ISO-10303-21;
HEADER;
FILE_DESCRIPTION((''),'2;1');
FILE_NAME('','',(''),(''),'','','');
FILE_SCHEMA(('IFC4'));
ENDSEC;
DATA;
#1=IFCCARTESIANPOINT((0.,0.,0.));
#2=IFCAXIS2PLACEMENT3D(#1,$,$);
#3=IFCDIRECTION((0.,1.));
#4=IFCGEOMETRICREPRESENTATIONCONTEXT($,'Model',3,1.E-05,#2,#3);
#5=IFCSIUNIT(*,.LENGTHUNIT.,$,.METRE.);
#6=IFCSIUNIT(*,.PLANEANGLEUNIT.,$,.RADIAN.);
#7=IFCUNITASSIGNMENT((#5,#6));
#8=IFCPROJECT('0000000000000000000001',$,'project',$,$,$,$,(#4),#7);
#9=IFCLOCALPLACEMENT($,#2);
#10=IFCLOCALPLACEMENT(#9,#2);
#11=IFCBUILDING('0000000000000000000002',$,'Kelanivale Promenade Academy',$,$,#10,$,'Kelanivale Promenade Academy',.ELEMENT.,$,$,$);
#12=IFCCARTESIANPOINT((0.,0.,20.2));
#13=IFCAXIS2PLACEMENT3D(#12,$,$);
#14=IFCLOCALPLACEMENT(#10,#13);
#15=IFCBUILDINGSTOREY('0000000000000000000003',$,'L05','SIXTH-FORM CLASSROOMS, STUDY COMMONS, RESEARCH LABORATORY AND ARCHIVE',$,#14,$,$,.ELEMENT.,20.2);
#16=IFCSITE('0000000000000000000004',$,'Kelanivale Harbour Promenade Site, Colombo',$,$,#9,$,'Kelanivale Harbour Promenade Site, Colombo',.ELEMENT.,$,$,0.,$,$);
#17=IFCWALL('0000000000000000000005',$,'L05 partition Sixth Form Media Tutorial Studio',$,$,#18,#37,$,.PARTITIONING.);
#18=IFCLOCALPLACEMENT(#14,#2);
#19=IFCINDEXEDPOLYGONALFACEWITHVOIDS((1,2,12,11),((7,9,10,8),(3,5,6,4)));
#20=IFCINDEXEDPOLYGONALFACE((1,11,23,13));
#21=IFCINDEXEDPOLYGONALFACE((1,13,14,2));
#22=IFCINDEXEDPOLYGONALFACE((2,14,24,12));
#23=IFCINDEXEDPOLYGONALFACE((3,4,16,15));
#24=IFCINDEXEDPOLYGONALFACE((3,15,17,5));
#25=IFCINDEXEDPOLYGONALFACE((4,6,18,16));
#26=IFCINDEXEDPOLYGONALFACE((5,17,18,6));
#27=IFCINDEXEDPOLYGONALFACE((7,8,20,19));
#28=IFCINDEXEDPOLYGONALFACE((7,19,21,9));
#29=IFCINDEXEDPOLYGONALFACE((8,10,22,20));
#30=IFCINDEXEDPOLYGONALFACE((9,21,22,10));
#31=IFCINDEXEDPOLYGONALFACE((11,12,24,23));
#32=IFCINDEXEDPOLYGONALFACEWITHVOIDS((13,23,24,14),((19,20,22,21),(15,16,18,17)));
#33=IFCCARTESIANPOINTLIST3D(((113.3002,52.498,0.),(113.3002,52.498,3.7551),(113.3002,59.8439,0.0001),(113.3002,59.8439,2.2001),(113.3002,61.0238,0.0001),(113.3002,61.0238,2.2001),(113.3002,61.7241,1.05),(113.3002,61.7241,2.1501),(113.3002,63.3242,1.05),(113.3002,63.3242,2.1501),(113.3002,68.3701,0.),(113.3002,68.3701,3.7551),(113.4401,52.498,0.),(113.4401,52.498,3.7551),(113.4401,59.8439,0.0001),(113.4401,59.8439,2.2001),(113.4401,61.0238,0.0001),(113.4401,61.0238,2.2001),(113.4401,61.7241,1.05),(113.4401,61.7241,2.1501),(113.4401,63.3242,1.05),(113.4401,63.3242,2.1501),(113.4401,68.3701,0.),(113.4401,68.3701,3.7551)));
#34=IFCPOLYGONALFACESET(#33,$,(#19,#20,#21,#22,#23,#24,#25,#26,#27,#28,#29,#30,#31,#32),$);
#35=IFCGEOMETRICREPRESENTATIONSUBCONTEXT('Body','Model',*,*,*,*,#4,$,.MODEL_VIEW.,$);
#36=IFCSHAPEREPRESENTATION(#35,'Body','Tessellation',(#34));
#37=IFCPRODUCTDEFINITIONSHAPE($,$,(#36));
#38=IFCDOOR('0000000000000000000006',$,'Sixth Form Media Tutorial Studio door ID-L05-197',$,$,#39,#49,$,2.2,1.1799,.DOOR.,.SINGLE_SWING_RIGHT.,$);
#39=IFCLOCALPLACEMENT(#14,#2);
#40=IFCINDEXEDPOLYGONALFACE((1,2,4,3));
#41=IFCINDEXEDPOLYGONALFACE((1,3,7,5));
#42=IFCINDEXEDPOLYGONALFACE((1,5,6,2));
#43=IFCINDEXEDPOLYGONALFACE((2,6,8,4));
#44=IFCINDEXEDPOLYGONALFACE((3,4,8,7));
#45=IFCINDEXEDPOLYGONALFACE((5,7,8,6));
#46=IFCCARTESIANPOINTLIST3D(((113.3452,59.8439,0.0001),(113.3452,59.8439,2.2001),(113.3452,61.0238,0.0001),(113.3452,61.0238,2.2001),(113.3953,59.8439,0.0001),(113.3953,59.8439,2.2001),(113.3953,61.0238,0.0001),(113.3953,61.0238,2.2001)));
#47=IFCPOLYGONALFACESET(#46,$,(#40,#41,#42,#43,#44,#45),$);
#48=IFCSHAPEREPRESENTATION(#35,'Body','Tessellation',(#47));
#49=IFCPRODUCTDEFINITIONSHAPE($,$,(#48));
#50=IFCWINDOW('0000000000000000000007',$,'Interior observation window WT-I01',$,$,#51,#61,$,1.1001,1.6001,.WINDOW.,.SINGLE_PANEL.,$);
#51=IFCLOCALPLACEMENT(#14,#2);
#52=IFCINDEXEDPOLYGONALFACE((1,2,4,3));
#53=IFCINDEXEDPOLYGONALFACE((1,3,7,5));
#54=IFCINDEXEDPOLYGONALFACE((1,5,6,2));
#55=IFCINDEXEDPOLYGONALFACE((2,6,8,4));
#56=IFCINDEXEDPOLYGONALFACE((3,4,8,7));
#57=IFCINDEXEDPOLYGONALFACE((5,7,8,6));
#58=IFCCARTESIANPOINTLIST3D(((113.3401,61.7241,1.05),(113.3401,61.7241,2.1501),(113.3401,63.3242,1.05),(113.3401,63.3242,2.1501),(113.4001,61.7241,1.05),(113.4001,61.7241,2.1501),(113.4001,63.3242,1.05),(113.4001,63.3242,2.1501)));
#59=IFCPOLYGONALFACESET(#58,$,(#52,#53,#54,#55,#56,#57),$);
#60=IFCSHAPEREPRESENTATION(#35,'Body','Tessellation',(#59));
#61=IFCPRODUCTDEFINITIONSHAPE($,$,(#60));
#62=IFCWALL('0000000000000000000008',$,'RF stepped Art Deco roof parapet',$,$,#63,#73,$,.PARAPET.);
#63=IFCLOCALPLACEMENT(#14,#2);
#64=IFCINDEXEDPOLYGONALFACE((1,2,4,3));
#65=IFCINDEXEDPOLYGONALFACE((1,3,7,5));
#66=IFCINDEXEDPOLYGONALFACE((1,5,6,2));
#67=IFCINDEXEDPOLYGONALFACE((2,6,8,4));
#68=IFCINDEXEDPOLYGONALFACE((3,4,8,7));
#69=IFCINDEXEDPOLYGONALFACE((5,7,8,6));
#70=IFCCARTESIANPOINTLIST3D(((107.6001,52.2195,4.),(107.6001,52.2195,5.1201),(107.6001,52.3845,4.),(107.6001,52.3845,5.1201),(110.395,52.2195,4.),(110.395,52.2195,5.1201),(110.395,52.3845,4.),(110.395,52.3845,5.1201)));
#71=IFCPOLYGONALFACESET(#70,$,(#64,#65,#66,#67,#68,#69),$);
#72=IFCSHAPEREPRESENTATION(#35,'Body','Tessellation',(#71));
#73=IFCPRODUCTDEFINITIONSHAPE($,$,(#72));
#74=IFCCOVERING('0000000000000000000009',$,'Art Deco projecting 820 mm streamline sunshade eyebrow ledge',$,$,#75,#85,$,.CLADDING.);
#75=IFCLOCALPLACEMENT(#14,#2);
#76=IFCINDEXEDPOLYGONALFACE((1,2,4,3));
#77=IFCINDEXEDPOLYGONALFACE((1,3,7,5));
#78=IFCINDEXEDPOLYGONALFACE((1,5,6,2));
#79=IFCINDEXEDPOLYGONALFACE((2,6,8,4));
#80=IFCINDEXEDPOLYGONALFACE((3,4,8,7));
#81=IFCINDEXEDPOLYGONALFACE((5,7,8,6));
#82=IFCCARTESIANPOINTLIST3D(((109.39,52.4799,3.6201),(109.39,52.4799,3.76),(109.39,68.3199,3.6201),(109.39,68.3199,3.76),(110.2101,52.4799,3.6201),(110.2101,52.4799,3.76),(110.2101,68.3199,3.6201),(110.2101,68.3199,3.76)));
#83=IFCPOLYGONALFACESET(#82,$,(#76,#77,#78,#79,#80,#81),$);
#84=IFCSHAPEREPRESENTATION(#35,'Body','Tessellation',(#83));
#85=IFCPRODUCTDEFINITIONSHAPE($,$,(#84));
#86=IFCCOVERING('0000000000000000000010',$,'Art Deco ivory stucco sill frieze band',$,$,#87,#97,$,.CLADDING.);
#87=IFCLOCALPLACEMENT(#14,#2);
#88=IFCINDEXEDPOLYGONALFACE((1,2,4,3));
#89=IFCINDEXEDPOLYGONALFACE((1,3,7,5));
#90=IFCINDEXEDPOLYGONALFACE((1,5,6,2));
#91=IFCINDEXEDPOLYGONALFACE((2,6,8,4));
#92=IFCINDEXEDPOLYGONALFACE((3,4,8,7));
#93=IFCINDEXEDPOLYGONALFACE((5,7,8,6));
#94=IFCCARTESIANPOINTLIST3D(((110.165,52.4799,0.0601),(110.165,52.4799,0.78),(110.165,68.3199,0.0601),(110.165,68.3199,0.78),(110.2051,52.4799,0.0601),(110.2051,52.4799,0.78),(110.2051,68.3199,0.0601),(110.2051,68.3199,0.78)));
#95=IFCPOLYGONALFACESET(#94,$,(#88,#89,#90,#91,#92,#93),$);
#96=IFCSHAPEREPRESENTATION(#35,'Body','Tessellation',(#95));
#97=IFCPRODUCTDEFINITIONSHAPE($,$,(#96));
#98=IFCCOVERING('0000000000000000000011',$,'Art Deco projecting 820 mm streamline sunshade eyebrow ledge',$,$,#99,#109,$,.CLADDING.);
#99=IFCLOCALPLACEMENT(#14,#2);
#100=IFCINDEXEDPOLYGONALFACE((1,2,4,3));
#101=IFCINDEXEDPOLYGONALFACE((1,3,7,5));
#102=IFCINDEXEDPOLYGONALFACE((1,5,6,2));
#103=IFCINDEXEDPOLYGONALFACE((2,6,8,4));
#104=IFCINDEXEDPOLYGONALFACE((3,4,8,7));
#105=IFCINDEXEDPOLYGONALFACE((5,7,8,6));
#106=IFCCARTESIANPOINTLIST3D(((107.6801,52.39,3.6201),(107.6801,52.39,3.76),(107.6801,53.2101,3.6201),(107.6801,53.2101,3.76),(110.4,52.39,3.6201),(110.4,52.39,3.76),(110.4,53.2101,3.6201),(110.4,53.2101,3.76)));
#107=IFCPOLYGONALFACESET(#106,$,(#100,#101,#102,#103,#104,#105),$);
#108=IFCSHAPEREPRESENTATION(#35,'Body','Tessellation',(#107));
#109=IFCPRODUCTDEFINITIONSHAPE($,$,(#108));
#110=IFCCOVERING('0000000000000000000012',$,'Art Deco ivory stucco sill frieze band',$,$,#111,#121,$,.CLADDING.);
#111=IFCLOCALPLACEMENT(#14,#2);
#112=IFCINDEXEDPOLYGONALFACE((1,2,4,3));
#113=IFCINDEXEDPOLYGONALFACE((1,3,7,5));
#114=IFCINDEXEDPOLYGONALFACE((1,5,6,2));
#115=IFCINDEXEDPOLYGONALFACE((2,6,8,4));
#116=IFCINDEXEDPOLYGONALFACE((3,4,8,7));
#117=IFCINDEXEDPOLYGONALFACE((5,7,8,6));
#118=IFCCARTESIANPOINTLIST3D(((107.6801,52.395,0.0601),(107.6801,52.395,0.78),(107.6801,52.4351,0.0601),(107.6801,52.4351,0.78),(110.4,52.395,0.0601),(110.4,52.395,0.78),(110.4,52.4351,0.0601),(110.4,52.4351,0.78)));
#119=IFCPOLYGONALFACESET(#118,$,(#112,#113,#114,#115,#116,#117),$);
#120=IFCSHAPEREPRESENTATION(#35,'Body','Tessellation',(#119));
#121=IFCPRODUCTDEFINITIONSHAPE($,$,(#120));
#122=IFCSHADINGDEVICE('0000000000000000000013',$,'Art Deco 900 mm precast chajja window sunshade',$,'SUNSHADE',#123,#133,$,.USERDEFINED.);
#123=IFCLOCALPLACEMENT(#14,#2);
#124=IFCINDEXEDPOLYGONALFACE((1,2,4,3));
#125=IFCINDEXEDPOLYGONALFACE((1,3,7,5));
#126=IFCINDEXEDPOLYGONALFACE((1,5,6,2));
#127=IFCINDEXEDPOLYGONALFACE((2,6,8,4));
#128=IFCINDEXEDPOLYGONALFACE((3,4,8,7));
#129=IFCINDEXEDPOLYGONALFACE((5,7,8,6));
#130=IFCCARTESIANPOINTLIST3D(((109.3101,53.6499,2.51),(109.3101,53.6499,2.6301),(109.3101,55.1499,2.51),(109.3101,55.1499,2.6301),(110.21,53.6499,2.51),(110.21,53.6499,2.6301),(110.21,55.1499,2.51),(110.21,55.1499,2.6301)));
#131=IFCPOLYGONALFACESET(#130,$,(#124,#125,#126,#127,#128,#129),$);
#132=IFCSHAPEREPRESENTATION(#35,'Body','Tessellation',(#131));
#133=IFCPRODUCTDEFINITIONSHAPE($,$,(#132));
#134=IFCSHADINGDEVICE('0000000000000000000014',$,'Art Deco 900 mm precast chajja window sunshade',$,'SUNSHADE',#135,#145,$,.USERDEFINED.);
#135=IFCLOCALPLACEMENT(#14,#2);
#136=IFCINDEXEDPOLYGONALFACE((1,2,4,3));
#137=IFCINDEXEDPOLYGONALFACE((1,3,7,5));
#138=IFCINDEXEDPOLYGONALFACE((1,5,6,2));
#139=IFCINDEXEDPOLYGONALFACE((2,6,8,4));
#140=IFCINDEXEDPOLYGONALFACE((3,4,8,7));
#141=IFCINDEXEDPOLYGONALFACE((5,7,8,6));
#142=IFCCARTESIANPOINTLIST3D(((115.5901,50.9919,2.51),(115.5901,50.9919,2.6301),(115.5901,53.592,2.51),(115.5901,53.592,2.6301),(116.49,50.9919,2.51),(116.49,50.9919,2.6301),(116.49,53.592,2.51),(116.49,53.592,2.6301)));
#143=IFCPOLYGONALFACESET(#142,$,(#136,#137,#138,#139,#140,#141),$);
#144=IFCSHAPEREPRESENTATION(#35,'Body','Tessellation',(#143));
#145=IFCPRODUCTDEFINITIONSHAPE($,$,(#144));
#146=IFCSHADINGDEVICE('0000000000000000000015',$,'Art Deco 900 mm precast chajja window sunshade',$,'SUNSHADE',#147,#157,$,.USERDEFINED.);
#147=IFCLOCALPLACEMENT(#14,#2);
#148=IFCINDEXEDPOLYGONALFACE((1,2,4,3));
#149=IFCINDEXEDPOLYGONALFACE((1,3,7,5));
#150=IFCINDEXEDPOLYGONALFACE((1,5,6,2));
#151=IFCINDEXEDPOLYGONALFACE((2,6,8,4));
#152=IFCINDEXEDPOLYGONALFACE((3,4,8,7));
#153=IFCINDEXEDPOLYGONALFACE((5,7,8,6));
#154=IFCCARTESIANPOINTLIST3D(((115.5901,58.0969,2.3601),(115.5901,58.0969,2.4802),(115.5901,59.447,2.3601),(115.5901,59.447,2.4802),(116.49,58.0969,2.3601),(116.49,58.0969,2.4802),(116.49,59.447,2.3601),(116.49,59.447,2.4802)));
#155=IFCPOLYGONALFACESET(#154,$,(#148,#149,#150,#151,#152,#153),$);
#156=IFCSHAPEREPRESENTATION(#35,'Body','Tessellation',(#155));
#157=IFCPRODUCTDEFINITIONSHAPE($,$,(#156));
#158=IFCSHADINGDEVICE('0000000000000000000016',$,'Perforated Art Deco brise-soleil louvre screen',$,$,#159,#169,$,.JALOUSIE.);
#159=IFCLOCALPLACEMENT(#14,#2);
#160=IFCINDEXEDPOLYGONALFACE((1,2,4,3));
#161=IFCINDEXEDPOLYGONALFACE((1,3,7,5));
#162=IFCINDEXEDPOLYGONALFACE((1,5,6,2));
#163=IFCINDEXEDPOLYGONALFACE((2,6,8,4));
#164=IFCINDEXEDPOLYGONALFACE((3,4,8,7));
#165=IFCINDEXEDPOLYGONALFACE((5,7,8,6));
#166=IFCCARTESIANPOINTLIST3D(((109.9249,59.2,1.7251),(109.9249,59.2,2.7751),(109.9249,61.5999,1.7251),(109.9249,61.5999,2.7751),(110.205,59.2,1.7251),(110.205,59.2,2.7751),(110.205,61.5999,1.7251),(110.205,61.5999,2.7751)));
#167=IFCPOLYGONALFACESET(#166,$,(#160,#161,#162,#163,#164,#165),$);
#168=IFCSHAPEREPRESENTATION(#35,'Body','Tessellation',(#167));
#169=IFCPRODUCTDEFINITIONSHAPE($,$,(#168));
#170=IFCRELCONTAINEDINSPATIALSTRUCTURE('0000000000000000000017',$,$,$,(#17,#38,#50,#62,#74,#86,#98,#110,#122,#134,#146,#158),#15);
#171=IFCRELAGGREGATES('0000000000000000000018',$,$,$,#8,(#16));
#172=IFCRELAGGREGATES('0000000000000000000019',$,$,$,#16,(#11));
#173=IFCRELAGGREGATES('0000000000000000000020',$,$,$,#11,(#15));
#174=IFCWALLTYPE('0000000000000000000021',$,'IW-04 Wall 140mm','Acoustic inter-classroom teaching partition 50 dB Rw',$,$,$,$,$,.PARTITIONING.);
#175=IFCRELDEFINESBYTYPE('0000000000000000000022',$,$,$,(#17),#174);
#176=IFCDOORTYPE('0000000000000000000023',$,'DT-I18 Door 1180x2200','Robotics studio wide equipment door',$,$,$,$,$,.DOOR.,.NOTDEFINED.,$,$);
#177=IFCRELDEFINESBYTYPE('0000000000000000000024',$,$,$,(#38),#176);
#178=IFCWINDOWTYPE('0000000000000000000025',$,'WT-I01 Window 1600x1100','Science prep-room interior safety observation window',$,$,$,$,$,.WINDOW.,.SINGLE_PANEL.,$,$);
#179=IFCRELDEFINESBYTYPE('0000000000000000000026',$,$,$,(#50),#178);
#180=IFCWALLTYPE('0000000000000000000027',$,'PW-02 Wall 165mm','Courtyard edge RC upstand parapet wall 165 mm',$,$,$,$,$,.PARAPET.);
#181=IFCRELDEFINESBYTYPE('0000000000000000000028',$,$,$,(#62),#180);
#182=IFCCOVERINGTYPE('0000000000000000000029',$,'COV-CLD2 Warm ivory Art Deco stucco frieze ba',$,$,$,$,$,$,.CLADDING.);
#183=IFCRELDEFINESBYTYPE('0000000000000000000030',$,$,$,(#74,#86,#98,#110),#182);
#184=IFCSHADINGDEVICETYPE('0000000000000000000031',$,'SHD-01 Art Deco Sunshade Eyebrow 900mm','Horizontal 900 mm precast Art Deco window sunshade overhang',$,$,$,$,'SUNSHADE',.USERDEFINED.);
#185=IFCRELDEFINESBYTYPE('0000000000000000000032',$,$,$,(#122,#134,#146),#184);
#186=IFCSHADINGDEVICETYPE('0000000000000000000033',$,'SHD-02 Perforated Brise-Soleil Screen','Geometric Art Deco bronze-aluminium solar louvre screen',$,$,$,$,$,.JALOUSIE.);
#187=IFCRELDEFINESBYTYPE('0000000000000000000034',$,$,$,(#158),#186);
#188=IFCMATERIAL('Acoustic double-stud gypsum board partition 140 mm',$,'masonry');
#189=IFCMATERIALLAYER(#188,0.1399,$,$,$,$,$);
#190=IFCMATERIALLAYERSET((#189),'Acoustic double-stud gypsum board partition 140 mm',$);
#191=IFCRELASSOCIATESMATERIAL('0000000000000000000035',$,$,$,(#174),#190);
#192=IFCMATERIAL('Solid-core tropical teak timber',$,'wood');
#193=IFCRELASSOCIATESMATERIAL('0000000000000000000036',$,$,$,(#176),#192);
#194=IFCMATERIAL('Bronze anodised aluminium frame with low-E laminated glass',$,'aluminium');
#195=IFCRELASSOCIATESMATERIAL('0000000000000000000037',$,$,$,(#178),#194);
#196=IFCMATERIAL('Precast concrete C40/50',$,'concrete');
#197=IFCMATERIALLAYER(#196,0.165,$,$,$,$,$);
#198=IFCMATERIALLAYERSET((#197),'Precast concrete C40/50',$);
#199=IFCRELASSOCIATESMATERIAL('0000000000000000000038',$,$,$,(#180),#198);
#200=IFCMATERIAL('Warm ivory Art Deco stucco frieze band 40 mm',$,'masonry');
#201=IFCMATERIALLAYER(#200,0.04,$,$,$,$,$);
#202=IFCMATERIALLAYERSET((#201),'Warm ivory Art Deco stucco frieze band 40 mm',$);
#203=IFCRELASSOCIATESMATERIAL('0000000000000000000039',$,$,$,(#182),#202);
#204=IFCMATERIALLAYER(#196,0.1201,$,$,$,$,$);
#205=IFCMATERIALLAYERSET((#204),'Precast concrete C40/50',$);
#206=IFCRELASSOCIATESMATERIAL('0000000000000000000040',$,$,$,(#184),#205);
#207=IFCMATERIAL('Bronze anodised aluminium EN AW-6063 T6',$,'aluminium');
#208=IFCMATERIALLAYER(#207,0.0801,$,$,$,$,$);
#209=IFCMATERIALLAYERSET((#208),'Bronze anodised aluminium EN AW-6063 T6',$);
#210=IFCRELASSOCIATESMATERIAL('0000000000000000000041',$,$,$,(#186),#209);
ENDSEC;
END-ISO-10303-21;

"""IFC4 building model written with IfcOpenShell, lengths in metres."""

from ifc_helpers import new_model, si_unit, direction, frame, frame_2d, origin, origin_2d, place, context, subcontext, project, spatial, rectangle, extrude, material, layer, layer_set, type_object, element, fill, save


model = new_model("IFC4")

# Units and contexts
model_context = context("Model", 3, precision=1e-05, world=origin(), true_north=direction((0.0, 1.0)))
body_context = subcontext(model_context, "Body", "Model", "MODEL_VIEW")
ifc_project = project(units=[si_unit("LENGTHUNIT", "METRE"), si_unit("PLANEANGLEUNIT", "RADIAN")], contexts=[model_context])

# Site, building, storey
site_placement = place(None, origin())
site = spatial("IfcSite", under=ifc_project, at=site_placement, Name="Kelanivale Harbour Promenade Site, Colombo", LongName="Kelanivale Harbour Promenade Site, Colombo", CompositionType="ELEMENT", RefElevation=0.0)
building_placement = place(site_placement, origin())
building = spatial("IfcBuilding", under=site, at=building_placement, Name="Kelanivale Promenade Academy", LongName="Kelanivale Promenade Academy", CompositionType="ELEMENT")
storey_placement = place(building_placement, frame((0.0, 0.0, 20.2)))
storey = spatial("IfcBuildingStorey", under=building, at=storey_placement, Name="L05", Description="SIXTH-FORM CLASSROOMS, STUDY COMMONS, RESEARCH LABORATORY AND ARCHIVE", CompositionType="ELEMENT", Elevation=20.2)

# Shared definitions
ifc_material_1 = material(Name="Bronze anodised aluminium frame with low-E laminated glass", Category="aluminium")

# Shared definitions
ifc_material_2 = material(Name="Acoustic double-stud gypsum board partition 140 mm", Category="masonry")
ifc_layer_1 = layer(ifc_material_2, 0.1399)
ifc_layer_set_1 = layer_set([ifc_layer_1], Name="Acoustic double-stud gypsum board partition 140 mm")
wall_type_1 = type_object("IfcWallType", Name="IW-04 Wall 140mm", Description="Acoustic inter-classroom teaching partition 50 dB Rw", PredefinedType="PARTITIONING", material=ifc_layer_set_1)

# Wall, openings, door, window
wall_1_placement = place(storey_placement, frame((113.3701, 52.498, 0.0), z_axis=(0.0, 0.0, 1.0), x_axis=(0.0, 1.0, 0.0)))
wall_1 = element("IfcWall", 1, at=wall_1_placement, inside=storey, type_object=wall_type_1, Name="L05 partition Sixth Form Media Tutorial Studio", PredefinedType="PARTITIONING", context=body_context, shape_type="SweptSolid", body=[
    extrude(rectangle(XDim=15.8721, YDim=0.1399, at=frame_2d((7.936, 0.0))), origin(), (0.0, 0.0, 1.0), 3.7551),
])
opening_1_placement = place(wall_1_placement, frame((7.3459, 0.0, 0.0)))
opening_1 = element("IfcOpeningElement", 2, at=opening_1_placement, cuts=wall_1, PredefinedType="OPENING", context=body_context, shape_type="SweptSolid", body=[
    extrude(rectangle(XDim=1.1799, YDim=2.2, at=frame_2d((0.5898, 1.1001))), frame((0.0, 0.0801, 0.0), z_axis=(0.0, -1.0, 0.0), x_axis=(1.0, 0.0, 0.0)), (0.0, 0.0, 1.0), 0.1599),
])
opening_2_placement = place(wall_1_placement, frame((9.2261, 0.0, 1.05)))
opening_2 = element("IfcOpeningElement", 3, at=opening_2_placement, cuts=wall_1, PredefinedType="OPENING", context=body_context, shape_type="SweptSolid", body=[
    extrude(rectangle(XDim=1.6001, YDim=1.1001, at=frame_2d((0.8, 0.55))), frame((0.0, 0.0801, 0.0), z_axis=(0.0, -1.0, 0.0), x_axis=(1.0, 0.0, 0.0)), (0.0, 0.0, 1.0), 0.1599),
])
ifc_material_3 = material(Name="Solid-core tropical teak timber", Category="wood")
door_type = type_object("IfcDoorType", Name="DT-I18 Door 1180x2200", Description="Robotics studio wide equipment door", OperationType="NOTDEFINED", PredefinedType="DOOR", material=ifc_material_3)
door_placement = place(opening_1_placement, origin())
door = element("IfcDoor", 4, at=door_placement, inside=storey, type_object=door_type, Name="Sixth Form Media Tutorial Studio door ID-L05-197", OperationType="SINGLE_SWING_RIGHT", OverallHeight=2.2, OverallWidth=1.1799, PredefinedType="DOOR", context=body_context, shape_type="SweptSolid", body=[
    extrude(rectangle(XDim=1.1799, YDim=2.2, at=frame_2d((0.5898, 1.1001))), frame((0.0, 0.0249, 0.0), z_axis=(0.0, -1.0, 0.0), x_axis=(1.0, 0.0, 0.0)), (0.0, 0.0, 1.0), 0.05),
])
fill(opening_1, door)
window_type_1 = type_object("IfcWindowType", Name="WT-I01 Window 1600x1100", Description="Science prep-room interior safety observation window", PartitioningType="SINGLE_PANEL", PredefinedType="WINDOW", material=ifc_material_1)
window_1_placement = place(opening_2_placement, origin())
window_1 = element("IfcWindow", 5, at=window_1_placement, inside=storey, type_object=window_type_1, Name="Interior observation window WT-I01", OverallHeight=1.1001, OverallWidth=1.6001, PartitioningType="SINGLE_PANEL", PredefinedType="WINDOW", context=body_context, shape_type="SweptSolid", body=[
    extrude(rectangle(XDim=1.6001, YDim=1.1001, at=frame_2d((0.8, 0.55))), frame((0.0, 0.03, 0.0), z_axis=(0.0, -1.0, 0.0), x_axis=(1.0, 0.0, 0.0)), (0.0, 0.0, 1.0), 0.0601),
])
fill(opening_2, window_1)

# Wall
ifc_material_4 = material(Name="Precast concrete C40/50", Category="concrete")
ifc_layer_2 = layer(ifc_material_4, 0.165)
ifc_layer_set_2 = layer_set([ifc_layer_2], Name="Precast concrete C40/50")
wall_type_2 = type_object("IfcWallType", Name="PW-02 Wall 165mm", Description="Courtyard edge RC upstand parapet wall 165 mm", PredefinedType="PARAPET", material=ifc_layer_set_2)
wall_2_placement = place(storey_placement, frame((110.395, 52.302, 4.0), z_axis=(0.0, 0.0, 1.0), x_axis=(-1.0, 0.0, 0.0)))
element("IfcWall", 6, at=wall_2_placement, inside=storey, type_object=wall_type_2, Name="RF stepped Art Deco roof parapet", PredefinedType="PARAPET", context=body_context, shape_type="SweptSolid", body=[
    extrude(rectangle(XDim=2.7949, YDim=0.165, at=frame_2d((1.3975, 0.0))), origin(), (0.0, 0.0, 1.0), 1.1201),
])

# Coverings
ifc_material_5 = material(Name="Warm ivory Art Deco stucco frieze band 40 mm", Category="masonry")
ifc_layer_3 = layer(ifc_material_5, 0.04)
ifc_layer_set_3 = layer_set([ifc_layer_3], Name="Warm ivory Art Deco stucco frieze band 40 mm")
covering_type = type_object("IfcCoveringType", Name="COV-CLD2 Warm ivory Art Deco stucco frieze ba", PredefinedType="CLADDING", material=ifc_layer_set_3)
covering_1_placement = place(storey_placement, frame((109.8, 60.3999, 3.6201), z_axis=(0.0, 0.0, 1.0), x_axis=(0.0, -1.0, 0.0)))
element("IfcCovering", 7, at=covering_1_placement, inside=storey, type_object=covering_type, Name="Art Deco projecting 820 mm streamline sunshade eyebrow ledge", PredefinedType="CLADDING", context=body_context, shape_type="SweptSolid", body=[
    extrude(rectangle(XDim=15.8401, YDim=0.8201, at=origin_2d()), origin(), (0.0, 0.0, 1.0), 0.1399),
])
covering_2_placement = place(storey_placement, frame((110.1851, 60.3999, 0.0601), z_axis=(0.0, 0.0, 1.0), x_axis=(0.0, -1.0, 0.0)))
element("IfcCovering", 8, at=covering_2_placement, inside=storey, type_object=covering_type, Name="Art Deco ivory stucco sill frieze band", PredefinedType="CLADDING", context=body_context, shape_type="SweptSolid", body=[
    extrude(rectangle(XDim=15.8401, YDim=0.04, at=origin_2d()), origin(), (0.0, 0.0, 1.0), 0.72),
])
covering_3_placement = place(storey_placement, frame((109.04, 52.8, 3.6201), z_axis=(0.0, 0.0, 1.0), x_axis=(-1.0, 0.0, 0.0)))
element("IfcCovering", 9, at=covering_3_placement, inside=storey, type_object=covering_type, Name="Art Deco projecting 820 mm streamline sunshade eyebrow ledge", PredefinedType="CLADDING", context=body_context, shape_type="SweptSolid", body=[
    extrude(rectangle(XDim=2.72, YDim=0.8201, at=origin_2d()), origin(), (0.0, 0.0, 1.0), 0.1399),
])
covering_4_placement = place(storey_placement, frame((109.04, 52.415, 0.0601), z_axis=(0.0, 0.0, 1.0), x_axis=(-1.0, 0.0, 0.0)))
element("IfcCovering", 10, at=covering_4_placement, inside=storey, type_object=covering_type, Name="Art Deco ivory stucco sill frieze band", PredefinedType="CLADDING", context=body_context, shape_type="SweptSolid", body=[
    extrude(rectangle(XDim=2.72, YDim=0.04, at=origin_2d()), origin(), (0.0, 0.0, 1.0), 0.72),
])

# Shading devices
ifc_layer_4 = layer(ifc_material_4, 0.1201)
ifc_layer_set_4 = layer_set([ifc_layer_4], Name="Precast concrete C40/50")
shading_device_type_1 = type_object("IfcShadingDeviceType", Name="SHD-01 Art Deco Sunshade Eyebrow 900mm", Description="Horizontal 900 mm precast Art Deco window sunshade overhang", ElementType="SUNSHADE", PredefinedType="USERDEFINED", material=ifc_layer_set_4)
shading_device_1_placement = place(storey_placement, frame((109.76, 54.3999, 2.51), z_axis=(0.0, 0.0, 1.0), x_axis=(0.0, -1.0, 0.0)))
element("IfcShadingDevice", 11, at=shading_device_1_placement, inside=storey, type_object=shading_device_type_1, Name="Art Deco 900 mm precast chajja window sunshade", ObjectType="SUNSHADE", PredefinedType="USERDEFINED", context=body_context, shape_type="SweptSolid", body=[
    extrude(rectangle(XDim=1.5, YDim=0.8999, at=origin_2d()), origin(), (0.0, 0.0, 1.0), 0.1201),
])
shading_device_2_placement = place(storey_placement, frame((116.04, 52.292, 2.51), z_axis=(0.0, 0.0, 1.0), x_axis=(0.0, 1.0, 0.0)))
element("IfcShadingDevice", 12, at=shading_device_2_placement, inside=storey, type_object=shading_device_type_1, Name="Art Deco 900 mm precast chajja window sunshade", ObjectType="SUNSHADE", PredefinedType="USERDEFINED", context=body_context, shape_type="SweptSolid", body=[
    extrude(rectangle(XDim=2.6001, YDim=0.8999, at=origin_2d()), origin(), (0.0, 0.0, 1.0), 0.1201),
])
shading_device_3_placement = place(storey_placement, frame((116.04, 58.772, 2.3601), z_axis=(0.0, 0.0, 1.0), x_axis=(0.0, 1.0, 0.0)))
element("IfcShadingDevice", 13, at=shading_device_3_placement, inside=storey, type_object=shading_device_type_1, Name="Art Deco 900 mm precast chajja window sunshade", ObjectType="SUNSHADE", PredefinedType="USERDEFINED", context=body_context, shape_type="SweptSolid", body=[
    extrude(rectangle(XDim=1.3501, YDim=0.8999, at=origin_2d()), origin(), (0.0, 0.0, 1.0), 0.1201),
])
ifc_material_6 = material(Name="Bronze anodised aluminium EN AW-6063 T6", Category="aluminium")
ifc_layer_5 = layer(ifc_material_6, 0.0801)
ifc_layer_set_5 = layer_set([ifc_layer_5], Name="Bronze anodised aluminium EN AW-6063 T6")
shading_device_type_2 = type_object("IfcShadingDeviceType", Name="SHD-02 Perforated Brise-Soleil Screen", Description="Geometric Art Deco bronze-aluminium solar louvre screen", PredefinedType="JALOUSIE", material=ifc_layer_set_5)
shading_device_4_placement = place(storey_placement, frame((110.0649, 60.3999, 1.7251), z_axis=(0.0, 0.0, 1.0), x_axis=(0.0, -1.0, 0.0)))
element("IfcShadingDevice", 14, at=shading_device_4_placement, inside=storey, type_object=shading_device_type_2, Name="Perforated Art Deco brise-soleil louvre screen", PredefinedType="JALOUSIE", context=body_context, shape_type="SweptSolid", body=[
    extrude(rectangle(XDim=2.3999, YDim=0.28, at=origin_2d()), origin(), (0.0, 0.0, 1.0), 1.05),
])

save(model, "model.ifc")
